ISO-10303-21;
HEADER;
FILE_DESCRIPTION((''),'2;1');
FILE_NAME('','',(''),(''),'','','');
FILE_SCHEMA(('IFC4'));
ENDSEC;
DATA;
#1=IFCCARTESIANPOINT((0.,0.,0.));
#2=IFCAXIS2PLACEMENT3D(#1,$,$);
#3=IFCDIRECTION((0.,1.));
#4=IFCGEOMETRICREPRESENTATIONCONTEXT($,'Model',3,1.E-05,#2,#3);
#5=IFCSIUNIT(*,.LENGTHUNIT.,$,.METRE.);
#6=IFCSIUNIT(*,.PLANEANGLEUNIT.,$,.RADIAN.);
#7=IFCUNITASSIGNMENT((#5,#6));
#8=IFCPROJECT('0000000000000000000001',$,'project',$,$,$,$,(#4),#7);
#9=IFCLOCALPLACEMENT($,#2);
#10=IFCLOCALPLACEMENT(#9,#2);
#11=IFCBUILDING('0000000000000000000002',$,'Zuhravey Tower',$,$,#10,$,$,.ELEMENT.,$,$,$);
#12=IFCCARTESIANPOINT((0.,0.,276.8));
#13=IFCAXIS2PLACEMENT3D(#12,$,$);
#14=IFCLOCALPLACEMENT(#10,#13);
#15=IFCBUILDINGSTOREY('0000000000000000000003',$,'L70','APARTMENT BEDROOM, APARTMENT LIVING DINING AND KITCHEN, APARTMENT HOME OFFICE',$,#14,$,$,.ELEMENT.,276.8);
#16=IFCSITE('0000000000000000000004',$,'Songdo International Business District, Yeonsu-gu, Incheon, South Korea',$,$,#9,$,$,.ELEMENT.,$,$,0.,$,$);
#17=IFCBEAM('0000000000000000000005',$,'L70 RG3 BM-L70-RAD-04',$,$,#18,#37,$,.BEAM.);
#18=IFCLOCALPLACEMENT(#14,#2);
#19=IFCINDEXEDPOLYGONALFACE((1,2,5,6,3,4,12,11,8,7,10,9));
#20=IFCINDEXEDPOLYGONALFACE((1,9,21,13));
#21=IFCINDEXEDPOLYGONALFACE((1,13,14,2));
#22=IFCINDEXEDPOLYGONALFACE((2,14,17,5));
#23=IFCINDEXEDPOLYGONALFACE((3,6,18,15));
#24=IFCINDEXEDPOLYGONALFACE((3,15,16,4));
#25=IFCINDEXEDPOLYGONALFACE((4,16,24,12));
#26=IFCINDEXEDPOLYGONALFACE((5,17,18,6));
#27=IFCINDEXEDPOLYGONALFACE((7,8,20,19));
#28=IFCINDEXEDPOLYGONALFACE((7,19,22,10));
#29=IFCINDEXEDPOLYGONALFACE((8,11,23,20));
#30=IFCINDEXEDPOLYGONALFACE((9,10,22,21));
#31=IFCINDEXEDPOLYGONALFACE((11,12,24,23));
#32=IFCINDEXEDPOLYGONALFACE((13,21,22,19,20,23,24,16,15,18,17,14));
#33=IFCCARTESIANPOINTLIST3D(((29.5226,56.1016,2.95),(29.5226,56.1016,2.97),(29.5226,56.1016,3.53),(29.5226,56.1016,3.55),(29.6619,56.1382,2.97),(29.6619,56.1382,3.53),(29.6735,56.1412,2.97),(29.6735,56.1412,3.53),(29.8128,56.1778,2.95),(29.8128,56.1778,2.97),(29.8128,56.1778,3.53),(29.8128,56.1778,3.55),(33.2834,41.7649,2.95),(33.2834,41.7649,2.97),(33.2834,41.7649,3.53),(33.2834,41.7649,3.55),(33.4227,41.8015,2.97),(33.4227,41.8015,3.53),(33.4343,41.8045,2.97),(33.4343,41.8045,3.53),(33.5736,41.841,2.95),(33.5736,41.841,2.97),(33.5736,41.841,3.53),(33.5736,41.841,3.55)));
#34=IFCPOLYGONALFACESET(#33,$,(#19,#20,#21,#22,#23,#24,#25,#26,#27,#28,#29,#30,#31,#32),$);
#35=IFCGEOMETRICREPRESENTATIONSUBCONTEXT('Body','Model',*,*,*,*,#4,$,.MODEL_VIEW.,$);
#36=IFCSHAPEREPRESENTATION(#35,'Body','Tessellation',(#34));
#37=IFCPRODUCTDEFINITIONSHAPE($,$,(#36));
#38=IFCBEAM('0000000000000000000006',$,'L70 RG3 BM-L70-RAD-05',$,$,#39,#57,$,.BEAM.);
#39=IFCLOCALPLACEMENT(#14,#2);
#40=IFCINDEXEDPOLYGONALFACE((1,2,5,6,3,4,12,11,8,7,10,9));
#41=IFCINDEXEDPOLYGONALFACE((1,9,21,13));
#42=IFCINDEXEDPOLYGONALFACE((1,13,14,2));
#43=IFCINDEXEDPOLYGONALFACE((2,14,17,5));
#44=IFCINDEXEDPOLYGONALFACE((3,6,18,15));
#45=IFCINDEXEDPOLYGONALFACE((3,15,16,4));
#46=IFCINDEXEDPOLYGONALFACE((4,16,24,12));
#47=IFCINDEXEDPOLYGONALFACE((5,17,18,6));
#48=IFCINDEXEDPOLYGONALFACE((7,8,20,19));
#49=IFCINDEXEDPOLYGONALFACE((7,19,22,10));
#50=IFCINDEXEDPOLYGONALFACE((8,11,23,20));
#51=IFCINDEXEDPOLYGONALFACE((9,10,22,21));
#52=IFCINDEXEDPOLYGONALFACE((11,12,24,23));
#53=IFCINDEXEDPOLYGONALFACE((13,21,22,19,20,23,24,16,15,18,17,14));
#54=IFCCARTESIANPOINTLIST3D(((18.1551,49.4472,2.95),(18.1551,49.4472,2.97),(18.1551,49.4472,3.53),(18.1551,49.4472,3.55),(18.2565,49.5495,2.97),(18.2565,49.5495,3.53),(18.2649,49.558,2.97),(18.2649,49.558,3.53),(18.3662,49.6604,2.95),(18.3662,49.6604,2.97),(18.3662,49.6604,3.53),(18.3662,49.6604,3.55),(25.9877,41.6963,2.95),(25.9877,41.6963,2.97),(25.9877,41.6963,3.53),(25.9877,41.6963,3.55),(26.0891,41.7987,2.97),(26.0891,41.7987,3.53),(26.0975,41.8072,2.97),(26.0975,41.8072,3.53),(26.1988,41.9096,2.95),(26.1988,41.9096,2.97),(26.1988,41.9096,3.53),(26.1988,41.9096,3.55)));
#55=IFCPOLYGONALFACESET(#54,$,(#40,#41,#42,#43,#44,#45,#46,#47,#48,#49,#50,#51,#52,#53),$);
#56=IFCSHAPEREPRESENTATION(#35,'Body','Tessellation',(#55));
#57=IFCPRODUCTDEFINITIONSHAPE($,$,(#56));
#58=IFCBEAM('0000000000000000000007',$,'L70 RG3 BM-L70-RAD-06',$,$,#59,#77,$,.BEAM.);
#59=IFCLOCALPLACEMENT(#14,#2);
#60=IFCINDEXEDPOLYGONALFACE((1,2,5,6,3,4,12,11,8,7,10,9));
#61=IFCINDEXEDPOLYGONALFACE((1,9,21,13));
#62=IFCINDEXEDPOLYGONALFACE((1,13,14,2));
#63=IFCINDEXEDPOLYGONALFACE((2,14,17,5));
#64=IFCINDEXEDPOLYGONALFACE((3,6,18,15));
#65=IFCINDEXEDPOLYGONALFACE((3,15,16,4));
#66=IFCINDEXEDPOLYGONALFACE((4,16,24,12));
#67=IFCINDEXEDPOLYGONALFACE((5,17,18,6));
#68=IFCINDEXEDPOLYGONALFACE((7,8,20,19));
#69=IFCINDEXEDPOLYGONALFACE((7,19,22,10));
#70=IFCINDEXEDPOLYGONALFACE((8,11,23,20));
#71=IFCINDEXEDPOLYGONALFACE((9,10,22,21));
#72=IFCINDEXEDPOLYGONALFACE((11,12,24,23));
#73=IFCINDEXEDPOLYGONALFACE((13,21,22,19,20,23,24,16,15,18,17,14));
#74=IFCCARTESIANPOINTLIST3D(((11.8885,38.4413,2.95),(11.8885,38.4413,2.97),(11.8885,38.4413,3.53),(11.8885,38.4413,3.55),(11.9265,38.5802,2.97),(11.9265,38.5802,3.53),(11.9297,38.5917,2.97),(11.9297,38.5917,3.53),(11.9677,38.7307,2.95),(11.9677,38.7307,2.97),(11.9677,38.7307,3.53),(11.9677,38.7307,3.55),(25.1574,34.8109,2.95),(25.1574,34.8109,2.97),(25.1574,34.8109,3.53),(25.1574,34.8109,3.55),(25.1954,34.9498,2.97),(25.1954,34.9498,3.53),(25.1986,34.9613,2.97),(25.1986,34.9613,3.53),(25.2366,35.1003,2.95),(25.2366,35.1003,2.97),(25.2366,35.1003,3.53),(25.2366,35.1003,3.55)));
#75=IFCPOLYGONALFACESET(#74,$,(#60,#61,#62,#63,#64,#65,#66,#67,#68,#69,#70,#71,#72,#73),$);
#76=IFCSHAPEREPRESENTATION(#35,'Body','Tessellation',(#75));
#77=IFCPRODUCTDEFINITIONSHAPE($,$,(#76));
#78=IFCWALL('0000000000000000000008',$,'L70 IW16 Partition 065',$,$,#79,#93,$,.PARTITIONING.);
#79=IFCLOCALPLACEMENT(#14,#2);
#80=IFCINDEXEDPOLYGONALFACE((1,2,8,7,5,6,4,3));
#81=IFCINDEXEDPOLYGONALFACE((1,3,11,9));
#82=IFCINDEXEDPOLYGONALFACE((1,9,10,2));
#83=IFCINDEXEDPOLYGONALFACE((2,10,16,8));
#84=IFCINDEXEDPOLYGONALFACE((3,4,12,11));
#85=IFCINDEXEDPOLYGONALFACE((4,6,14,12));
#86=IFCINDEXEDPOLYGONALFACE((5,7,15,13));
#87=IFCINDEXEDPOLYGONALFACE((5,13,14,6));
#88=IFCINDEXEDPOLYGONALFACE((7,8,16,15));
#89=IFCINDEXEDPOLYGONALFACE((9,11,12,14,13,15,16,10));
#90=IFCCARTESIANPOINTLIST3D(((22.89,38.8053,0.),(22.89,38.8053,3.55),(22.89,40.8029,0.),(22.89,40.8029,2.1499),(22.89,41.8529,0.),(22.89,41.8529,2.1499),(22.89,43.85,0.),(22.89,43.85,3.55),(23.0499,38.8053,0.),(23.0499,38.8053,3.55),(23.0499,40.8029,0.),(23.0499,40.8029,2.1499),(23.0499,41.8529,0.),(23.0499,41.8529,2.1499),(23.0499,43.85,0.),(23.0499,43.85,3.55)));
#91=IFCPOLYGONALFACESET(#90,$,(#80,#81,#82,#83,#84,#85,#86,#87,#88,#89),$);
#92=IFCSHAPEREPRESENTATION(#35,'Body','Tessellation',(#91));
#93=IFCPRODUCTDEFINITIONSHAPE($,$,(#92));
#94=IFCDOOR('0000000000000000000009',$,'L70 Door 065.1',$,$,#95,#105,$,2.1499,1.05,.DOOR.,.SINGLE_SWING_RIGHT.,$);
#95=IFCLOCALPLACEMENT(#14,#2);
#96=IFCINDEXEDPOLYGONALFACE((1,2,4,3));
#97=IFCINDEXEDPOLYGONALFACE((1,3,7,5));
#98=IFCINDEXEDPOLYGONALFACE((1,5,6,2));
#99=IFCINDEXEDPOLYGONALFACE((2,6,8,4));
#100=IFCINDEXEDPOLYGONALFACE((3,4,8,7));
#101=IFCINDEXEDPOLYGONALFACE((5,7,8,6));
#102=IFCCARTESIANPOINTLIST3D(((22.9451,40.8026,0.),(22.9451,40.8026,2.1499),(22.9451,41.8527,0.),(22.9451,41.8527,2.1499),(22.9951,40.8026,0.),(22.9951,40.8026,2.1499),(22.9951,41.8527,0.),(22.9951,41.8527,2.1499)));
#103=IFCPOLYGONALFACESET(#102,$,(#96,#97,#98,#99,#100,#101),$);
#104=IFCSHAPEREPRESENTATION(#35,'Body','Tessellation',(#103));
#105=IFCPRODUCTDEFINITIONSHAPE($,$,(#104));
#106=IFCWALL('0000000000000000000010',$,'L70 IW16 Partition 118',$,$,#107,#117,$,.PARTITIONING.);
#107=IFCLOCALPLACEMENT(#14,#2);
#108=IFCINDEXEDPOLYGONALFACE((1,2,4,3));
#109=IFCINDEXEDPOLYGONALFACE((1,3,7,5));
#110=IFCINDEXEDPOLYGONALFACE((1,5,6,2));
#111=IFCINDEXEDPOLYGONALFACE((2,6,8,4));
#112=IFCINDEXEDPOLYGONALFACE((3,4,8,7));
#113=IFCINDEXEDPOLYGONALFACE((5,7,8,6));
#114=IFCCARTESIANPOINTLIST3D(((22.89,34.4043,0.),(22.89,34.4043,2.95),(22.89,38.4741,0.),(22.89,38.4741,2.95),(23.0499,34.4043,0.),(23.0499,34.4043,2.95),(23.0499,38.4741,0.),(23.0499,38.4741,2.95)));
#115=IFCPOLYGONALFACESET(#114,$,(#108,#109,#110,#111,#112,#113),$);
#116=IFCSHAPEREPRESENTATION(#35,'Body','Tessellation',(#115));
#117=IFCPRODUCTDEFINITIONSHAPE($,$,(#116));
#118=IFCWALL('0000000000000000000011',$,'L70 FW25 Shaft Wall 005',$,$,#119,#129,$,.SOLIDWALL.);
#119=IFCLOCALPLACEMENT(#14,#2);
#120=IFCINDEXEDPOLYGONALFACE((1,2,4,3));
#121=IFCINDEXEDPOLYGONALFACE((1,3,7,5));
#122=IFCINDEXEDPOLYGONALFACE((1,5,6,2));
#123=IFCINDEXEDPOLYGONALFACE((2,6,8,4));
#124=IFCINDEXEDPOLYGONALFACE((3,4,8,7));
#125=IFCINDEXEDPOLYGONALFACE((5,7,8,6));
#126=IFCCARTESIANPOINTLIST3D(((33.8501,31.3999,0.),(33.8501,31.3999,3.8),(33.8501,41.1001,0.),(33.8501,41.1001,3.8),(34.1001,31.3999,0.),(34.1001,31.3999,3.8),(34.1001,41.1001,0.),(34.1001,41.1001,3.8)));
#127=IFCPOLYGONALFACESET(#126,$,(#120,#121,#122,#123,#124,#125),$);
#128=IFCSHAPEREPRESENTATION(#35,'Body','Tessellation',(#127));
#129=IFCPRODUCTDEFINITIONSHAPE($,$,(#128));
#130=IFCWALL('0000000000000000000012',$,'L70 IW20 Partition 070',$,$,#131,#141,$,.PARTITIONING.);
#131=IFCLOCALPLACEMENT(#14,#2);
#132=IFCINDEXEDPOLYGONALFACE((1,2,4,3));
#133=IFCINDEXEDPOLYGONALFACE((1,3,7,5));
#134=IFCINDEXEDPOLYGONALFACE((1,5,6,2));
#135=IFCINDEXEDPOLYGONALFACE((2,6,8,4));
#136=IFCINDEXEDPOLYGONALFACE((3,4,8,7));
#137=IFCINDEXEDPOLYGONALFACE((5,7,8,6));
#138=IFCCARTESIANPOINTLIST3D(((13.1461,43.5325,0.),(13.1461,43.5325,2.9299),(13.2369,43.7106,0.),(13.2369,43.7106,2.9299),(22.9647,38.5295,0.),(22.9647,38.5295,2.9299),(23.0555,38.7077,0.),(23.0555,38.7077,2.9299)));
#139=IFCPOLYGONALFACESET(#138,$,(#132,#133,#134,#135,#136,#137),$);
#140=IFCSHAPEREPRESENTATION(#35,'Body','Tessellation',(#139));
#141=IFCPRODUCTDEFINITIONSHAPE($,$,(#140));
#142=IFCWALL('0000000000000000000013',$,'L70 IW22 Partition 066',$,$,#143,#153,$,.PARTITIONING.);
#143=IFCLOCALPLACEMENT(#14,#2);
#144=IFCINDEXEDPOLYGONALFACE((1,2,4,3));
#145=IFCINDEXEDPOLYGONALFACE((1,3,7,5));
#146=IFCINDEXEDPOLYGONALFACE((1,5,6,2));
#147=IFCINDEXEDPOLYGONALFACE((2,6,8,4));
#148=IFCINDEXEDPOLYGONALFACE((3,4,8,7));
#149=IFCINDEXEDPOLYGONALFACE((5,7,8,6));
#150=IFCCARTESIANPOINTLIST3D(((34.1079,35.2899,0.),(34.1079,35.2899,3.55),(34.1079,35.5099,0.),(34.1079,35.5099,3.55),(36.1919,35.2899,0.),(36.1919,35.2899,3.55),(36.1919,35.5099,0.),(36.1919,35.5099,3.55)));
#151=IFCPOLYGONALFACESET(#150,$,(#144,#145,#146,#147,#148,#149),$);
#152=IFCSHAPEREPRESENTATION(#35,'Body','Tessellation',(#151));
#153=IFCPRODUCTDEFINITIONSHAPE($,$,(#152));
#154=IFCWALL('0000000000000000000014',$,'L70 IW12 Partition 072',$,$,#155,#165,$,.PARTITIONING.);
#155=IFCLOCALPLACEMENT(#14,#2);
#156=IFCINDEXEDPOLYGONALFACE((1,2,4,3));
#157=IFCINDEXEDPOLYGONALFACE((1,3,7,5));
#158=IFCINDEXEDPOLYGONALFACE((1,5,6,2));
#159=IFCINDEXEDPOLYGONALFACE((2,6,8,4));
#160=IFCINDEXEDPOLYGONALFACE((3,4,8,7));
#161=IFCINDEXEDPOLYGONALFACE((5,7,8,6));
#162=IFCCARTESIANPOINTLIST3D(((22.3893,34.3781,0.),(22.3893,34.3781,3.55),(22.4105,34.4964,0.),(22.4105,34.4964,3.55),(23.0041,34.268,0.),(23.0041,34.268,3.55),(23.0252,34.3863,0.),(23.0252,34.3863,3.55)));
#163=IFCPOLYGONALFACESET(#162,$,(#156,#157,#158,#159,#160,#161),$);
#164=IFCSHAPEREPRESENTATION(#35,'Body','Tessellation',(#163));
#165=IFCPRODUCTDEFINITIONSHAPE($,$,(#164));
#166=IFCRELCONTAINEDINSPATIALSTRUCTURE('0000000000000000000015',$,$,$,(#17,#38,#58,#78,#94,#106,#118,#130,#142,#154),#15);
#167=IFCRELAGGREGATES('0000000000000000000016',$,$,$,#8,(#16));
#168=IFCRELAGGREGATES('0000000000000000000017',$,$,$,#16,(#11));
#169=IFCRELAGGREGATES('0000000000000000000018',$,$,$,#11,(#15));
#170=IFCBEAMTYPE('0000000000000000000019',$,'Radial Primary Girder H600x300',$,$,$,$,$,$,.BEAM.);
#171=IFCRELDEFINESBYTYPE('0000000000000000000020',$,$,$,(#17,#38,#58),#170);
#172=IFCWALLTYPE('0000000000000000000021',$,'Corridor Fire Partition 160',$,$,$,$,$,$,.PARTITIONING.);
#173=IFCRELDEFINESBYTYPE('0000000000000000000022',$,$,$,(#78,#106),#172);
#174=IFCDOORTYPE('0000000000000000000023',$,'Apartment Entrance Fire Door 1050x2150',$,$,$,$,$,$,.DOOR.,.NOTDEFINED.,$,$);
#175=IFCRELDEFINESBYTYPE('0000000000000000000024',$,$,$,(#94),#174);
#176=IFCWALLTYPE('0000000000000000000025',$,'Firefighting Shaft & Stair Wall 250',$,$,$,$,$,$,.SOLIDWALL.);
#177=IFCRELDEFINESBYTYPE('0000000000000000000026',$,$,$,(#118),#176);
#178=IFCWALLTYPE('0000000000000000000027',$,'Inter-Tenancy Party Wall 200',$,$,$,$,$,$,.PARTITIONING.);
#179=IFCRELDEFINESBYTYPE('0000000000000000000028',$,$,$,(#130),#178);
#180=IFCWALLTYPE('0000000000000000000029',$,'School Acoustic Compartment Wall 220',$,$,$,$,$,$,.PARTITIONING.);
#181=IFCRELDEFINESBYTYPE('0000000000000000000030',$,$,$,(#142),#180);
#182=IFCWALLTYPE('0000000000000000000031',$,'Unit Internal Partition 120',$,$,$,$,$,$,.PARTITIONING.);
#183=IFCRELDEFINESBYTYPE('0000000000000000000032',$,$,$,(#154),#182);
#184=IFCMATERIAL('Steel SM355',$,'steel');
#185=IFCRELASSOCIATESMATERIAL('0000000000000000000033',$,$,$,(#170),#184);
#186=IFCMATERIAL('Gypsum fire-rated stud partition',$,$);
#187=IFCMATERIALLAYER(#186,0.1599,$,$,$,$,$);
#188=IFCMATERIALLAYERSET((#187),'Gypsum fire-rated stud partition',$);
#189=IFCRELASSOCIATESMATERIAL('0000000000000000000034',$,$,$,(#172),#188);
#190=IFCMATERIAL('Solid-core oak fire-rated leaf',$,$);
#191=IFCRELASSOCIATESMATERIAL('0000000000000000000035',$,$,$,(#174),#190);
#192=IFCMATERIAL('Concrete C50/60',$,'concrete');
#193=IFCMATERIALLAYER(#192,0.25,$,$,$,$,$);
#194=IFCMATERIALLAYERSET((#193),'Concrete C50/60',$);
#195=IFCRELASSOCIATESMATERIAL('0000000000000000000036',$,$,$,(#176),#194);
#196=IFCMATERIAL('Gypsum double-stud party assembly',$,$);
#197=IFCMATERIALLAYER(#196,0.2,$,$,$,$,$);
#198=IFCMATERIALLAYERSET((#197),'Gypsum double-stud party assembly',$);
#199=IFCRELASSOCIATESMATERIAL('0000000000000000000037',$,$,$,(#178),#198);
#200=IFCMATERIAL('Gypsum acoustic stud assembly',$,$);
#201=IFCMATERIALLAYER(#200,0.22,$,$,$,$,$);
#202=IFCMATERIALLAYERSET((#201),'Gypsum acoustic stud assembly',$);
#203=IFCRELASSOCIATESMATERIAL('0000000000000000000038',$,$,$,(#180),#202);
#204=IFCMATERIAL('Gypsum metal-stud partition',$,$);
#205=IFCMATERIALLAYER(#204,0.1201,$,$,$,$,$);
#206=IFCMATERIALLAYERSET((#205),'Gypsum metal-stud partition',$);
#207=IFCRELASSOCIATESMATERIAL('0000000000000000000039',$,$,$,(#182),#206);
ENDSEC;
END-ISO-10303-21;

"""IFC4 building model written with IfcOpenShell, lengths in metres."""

from ifc_helpers import new_model, si_unit, direction, frame, frame_2d, origin, origin_2d, place, context, subcontext, project, spatial, rectangle, i_section, extrude, material, layer, layer_set, material_profile, profile_set, type_object, element, fill, save


model = new_model("IFC4")

# Units and contexts
model_context = context("Model", 3, precision=1e-05, world=origin(), true_north=direction((0.0, 1.0)))
body_context = subcontext(model_context, "Body", "Model", "MODEL_VIEW")
ifc_project = project(units=[si_unit("LENGTHUNIT", "METRE"), si_unit("PLANEANGLEUNIT", "RADIAN")], contexts=[model_context])

# Site, building, storey
site_placement = place(None, origin())
site = spatial("IfcSite", under=ifc_project, at=site_placement, Name="Songdo International Business District, Yeonsu-gu, Incheon, South Korea", CompositionType="ELEMENT", RefElevation=0.0)
building_placement = place(site_placement, origin())
building = spatial("IfcBuilding", under=site, at=building_placement, Name="Zuhravey Tower", CompositionType="ELEMENT")
storey_placement = place(building_placement, frame((0.0, 0.0, 276.8)))
storey = spatial("IfcBuildingStorey", under=building, at=storey_placement, Name="L70", Description="APARTMENT BEDROOM, APARTMENT LIVING DINING AND KITCHEN, APARTMENT HOME OFFICE", CompositionType="ELEMENT", Elevation=276.8)

# Beams
ifc_material_1 = material(Name="Steel SM355", Category="steel")
ifc_material_profile = material_profile(ifc_material_1, i_section(OverallWidth=0.3, OverallDepth=0.6001, WebThickness=0.012, FlangeThickness=0.02, at=origin_2d()), Name="H-600x300x12x20")
ifc_profile_set = profile_set([ifc_material_profile], Name="Steel SM355")
beam_type = type_object("IfcBeamType", Name="Radial Primary Girder H600x300", PredefinedType="BEAM", material=ifc_profile_set)
beam_1_placement = place(storey_placement, frame((33.4285, 41.803, 3.25), z_axis=(-0.253732, 0.967275, 0.0), x_axis=(-0.967275, -0.253732, 0.0)))
element("IfcBeam", 1, at=beam_1_placement, inside=storey, type_object=beam_type, Name="L70 RG3 BM-L70-RAD-04", PredefinedType="BEAM", context=body_context, shape_type="SweptSolid", body=[
    extrude(i_section(OverallWidth=0.3, OverallDepth=0.6001, WebThickness=0.012, FlangeThickness=0.02, at=origin_2d()), origin(), (0.0, 0.0, 1.0), 14.8218),
])
beam_2_placement = place(storey_placement, frame((26.0933, 41.803, 3.25), z_axis=(-0.710808, 0.703386, 0.0), x_axis=(-0.703386, -0.710808, 0.0)))
element("IfcBeam", 2, at=beam_2_placement, inside=storey, type_object=beam_type, Name="L70 RG3 BM-L70-RAD-05", PredefinedType="BEAM", context=body_context, shape_type="SweptSolid", body=[
    extrude(i_section(OverallWidth=0.3, OverallDepth=0.6001, WebThickness=0.012, FlangeThickness=0.02, at=origin_2d()), origin(), (0.0, 0.0, 1.0), 11.0193),
])
beam_3_placement = place(storey_placement, frame((25.197, 34.9556, 3.25), z_axis=(-0.964549, 0.263903, 0.0), x_axis=(-0.263903, -0.964549, 0.0)))
element("IfcBeam", 3, at=beam_3_placement, inside=storey, type_object=beam_type, Name="L70 RG3 BM-L70-RAD-06", PredefinedType="BEAM", context=body_context, shape_type="SweptSolid", body=[
    extrude(i_section(OverallWidth=0.3, OverallDepth=0.6001, WebThickness=0.012, FlangeThickness=0.02, at=origin_2d()), origin(), (0.0, 0.0, 1.0), 13.7566),
])

# Wall, opening, door
ifc_material_2 = material(Name="Gypsum fire-rated stud partition")
ifc_layer_1 = layer(ifc_material_2, 0.1599)
ifc_layer_set_1 = layer_set([ifc_layer_1], Name="Gypsum fire-rated stud partition")
wall_type_1 = type_object("IfcWallType", Name="Corridor Fire Partition 160", PredefinedType="PARTITIONING", material=ifc_layer_set_1)
wall_1_placement = place(storey_placement, frame((22.97, 43.8501, 0.0), z_axis=(0.0, 0.0, 1.0), x_axis=(0.0, -1.0, 0.0)))
wall_1 = element("IfcWall", 4, at=wall_1_placement, inside=storey, type_object=wall_type_1, Name="L70 IW16 Partition 065", PredefinedType="PARTITIONING", context=body_context, shape_type="SweptSolid", body=[
    extrude(rectangle(XDim=5.0447, YDim=0.1599, at=frame_2d((2.5225, 0.0))), origin(), (0.0, 0.0, 1.0), 3.55),
])
opening_placement = place(wall_1_placement, frame((1.9973, 0.0, 0.0)))
opening = element("IfcOpeningElement", 5, at=opening_placement, cuts=wall_1, PredefinedType="OPENING", context=body_context, shape_type="SweptSolid", body=[
    extrude(rectangle(XDim=1.05, YDim=2.1499, at=frame_2d((0.5249, 1.075))), frame((0.0, 0.092, 0.0), z_axis=(0.0, -1.0, 0.0), x_axis=(1.0, 0.0, 0.0)), (0.0, 0.0, 1.0), 0.1838),
])
ifc_material_3 = material(Name="Solid-core oak fire-rated leaf")
door_type = type_object("IfcDoorType", Name="Apartment Entrance Fire Door 1050x2150", OperationType="NOTDEFINED", PredefinedType="DOOR", material=ifc_material_3)
door_placement = place(opening_placement, frame((1.05, 0.0, 0.0), z_axis=(0.0, 0.0, 1.0), x_axis=(-1.0, 0.0, 0.0)))
door = element("IfcDoor", 6, at=door_placement, inside=storey, type_object=door_type, Name="L70 Door 065.1", OperationType="SINGLE_SWING_RIGHT", OverallHeight=2.1499, OverallWidth=1.05, PredefinedType="DOOR", context=body_context, shape_type="SweptSolid", body=[
    extrude(rectangle(XDim=1.05, YDim=2.1499, at=frame_2d((0.5249, 1.075))), frame((0.0, 0.0249, 0.0), z_axis=(0.0, -1.0, 0.0), x_axis=(1.0, 0.0, 0.0)), (0.0, 0.0, 1.0), 0.05),
])
fill(opening, door)

# Walls
wall_2_placement = place(storey_placement, frame((22.97, 38.4741, 0.0), z_axis=(0.0, 0.0, 1.0), x_axis=(0.0, -1.0, 0.0)))
element("IfcWall", 7, at=wall_2_placement, inside=storey, type_object=wall_type_1, Name="L70 IW16 Partition 118", PredefinedType="PARTITIONING", context=body_context, shape_type="SweptSolid", body=[
    extrude(rectangle(XDim=4.0698, YDim=0.1599, at=frame_2d((2.0349, 0.0))), origin(), (0.0, 0.0, 1.0), 2.95),
])
ifc_material_4 = material(Name="Concrete C50/60", Category="concrete")
ifc_layer_2 = layer(ifc_material_4, 0.25)
ifc_layer_set_2 = layer_set([ifc_layer_2], Name="Concrete C50/60")
wall_type_2 = type_object("IfcWallType", Name="Firefighting Shaft & Stair Wall 250", PredefinedType="SOLIDWALL", material=ifc_layer_set_2)
wall_3_placement = place(storey_placement, frame((33.9751, 31.3999, 0.0), z_axis=(0.0, 0.0, 1.0), x_axis=(0.0, 1.0, 0.0)))
element("IfcWall", 8, at=wall_3_placement, inside=storey, type_object=wall_type_2, Name="L70 FW25 Shaft Wall 005", PredefinedType="SOLIDWALL", context=body_context, shape_type="SweptSolid", body=[
    extrude(rectangle(XDim=9.7002, YDim=0.25, at=frame_2d((4.8501, 0.0))), origin(), (0.0, 0.0, 1.0), 3.8),
])
ifc_material_5 = material(Name="Gypsum double-stud party assembly")
ifc_layer_3 = layer(ifc_material_5, 0.2)
ifc_layer_set_3 = layer_set([ifc_layer_3], Name="Gypsum double-stud party assembly")
wall_type_3 = type_object("IfcWallType", Name="Inter-Tenancy Party Wall 200", PredefinedType="PARTITIONING", material=ifc_layer_set_3)
wall_4_placement = place(storey_placement, frame((23.01, 38.6187, 0.0), z_axis=(0.0, 0.0, 1.0), x_axis=(-0.891003, 0.453998, 0.0)))
element("IfcWall", 9, at=wall_4_placement, inside=storey, type_object=wall_type_3, Name="L70 IW20 Partition 070", PredefinedType="PARTITIONING", context=body_context, shape_type="SweptSolid", body=[
    extrude(rectangle(XDim=11.0198, YDim=0.2, at=frame_2d((5.5098, 0.0))), origin(), (0.0, 0.0, 1.0), 2.9299),
])
ifc_material_6 = material(Name="Gypsum acoustic stud assembly")
ifc_layer_4 = layer(ifc_material_6, 0.22)
ifc_layer_set_4 = layer_set([ifc_layer_4], Name="Gypsum acoustic stud assembly")
wall_type_4 = type_object("IfcWallType", Name="School Acoustic Compartment Wall 220", PredefinedType="PARTITIONING", material=ifc_layer_set_4)
wall_5_placement = place(storey_placement, frame((34.1079, 35.3999, 0.0), z_axis=(0.0, 0.0, 1.0), x_axis=(1.0, 0.0, 0.0)))
element("IfcWall", 10, at=wall_5_placement, inside=storey, type_object=wall_type_4, Name="L70 IW22 Partition 066", PredefinedType="PARTITIONING", context=body_context, shape_type="SweptSolid", body=[
    extrude(rectangle(XDim=2.084, YDim=0.22, at=frame_2d((1.042, 0.0))), origin(), (0.0, 0.0, 1.0), 3.55),
])
ifc_material_7 = material(Name="Gypsum metal-stud partition")
ifc_layer_5 = layer(ifc_material_7, 0.1201)
ifc_layer_set_5 = layer_set([ifc_layer_5], Name="Gypsum metal-stud partition")
wall_type_5 = type_object("IfcWallType", Name="Unit Internal Partition 120", PredefinedType="PARTITIONING", material=ifc_layer_set_5)
wall_6_placement = place(storey_placement, frame((23.0146, 34.3271, 0.0), z_axis=(0.0, 0.0, 1.0), x_axis=(-0.984336, 0.176305, 0.0)))
element("IfcWall", 11, at=wall_6_placement, inside=storey, type_object=wall_type_5, Name="L70 IW12 Partition 072", PredefinedType="PARTITIONING", context=body_context, shape_type="SweptSolid", body=[
    extrude(rectangle(XDim=0.6245, YDim=0.1201, at=frame_2d((0.3123, 0.0))), origin(), (0.0, 0.0, 1.0), 3.55),
])

save(model, "model.ifc")
